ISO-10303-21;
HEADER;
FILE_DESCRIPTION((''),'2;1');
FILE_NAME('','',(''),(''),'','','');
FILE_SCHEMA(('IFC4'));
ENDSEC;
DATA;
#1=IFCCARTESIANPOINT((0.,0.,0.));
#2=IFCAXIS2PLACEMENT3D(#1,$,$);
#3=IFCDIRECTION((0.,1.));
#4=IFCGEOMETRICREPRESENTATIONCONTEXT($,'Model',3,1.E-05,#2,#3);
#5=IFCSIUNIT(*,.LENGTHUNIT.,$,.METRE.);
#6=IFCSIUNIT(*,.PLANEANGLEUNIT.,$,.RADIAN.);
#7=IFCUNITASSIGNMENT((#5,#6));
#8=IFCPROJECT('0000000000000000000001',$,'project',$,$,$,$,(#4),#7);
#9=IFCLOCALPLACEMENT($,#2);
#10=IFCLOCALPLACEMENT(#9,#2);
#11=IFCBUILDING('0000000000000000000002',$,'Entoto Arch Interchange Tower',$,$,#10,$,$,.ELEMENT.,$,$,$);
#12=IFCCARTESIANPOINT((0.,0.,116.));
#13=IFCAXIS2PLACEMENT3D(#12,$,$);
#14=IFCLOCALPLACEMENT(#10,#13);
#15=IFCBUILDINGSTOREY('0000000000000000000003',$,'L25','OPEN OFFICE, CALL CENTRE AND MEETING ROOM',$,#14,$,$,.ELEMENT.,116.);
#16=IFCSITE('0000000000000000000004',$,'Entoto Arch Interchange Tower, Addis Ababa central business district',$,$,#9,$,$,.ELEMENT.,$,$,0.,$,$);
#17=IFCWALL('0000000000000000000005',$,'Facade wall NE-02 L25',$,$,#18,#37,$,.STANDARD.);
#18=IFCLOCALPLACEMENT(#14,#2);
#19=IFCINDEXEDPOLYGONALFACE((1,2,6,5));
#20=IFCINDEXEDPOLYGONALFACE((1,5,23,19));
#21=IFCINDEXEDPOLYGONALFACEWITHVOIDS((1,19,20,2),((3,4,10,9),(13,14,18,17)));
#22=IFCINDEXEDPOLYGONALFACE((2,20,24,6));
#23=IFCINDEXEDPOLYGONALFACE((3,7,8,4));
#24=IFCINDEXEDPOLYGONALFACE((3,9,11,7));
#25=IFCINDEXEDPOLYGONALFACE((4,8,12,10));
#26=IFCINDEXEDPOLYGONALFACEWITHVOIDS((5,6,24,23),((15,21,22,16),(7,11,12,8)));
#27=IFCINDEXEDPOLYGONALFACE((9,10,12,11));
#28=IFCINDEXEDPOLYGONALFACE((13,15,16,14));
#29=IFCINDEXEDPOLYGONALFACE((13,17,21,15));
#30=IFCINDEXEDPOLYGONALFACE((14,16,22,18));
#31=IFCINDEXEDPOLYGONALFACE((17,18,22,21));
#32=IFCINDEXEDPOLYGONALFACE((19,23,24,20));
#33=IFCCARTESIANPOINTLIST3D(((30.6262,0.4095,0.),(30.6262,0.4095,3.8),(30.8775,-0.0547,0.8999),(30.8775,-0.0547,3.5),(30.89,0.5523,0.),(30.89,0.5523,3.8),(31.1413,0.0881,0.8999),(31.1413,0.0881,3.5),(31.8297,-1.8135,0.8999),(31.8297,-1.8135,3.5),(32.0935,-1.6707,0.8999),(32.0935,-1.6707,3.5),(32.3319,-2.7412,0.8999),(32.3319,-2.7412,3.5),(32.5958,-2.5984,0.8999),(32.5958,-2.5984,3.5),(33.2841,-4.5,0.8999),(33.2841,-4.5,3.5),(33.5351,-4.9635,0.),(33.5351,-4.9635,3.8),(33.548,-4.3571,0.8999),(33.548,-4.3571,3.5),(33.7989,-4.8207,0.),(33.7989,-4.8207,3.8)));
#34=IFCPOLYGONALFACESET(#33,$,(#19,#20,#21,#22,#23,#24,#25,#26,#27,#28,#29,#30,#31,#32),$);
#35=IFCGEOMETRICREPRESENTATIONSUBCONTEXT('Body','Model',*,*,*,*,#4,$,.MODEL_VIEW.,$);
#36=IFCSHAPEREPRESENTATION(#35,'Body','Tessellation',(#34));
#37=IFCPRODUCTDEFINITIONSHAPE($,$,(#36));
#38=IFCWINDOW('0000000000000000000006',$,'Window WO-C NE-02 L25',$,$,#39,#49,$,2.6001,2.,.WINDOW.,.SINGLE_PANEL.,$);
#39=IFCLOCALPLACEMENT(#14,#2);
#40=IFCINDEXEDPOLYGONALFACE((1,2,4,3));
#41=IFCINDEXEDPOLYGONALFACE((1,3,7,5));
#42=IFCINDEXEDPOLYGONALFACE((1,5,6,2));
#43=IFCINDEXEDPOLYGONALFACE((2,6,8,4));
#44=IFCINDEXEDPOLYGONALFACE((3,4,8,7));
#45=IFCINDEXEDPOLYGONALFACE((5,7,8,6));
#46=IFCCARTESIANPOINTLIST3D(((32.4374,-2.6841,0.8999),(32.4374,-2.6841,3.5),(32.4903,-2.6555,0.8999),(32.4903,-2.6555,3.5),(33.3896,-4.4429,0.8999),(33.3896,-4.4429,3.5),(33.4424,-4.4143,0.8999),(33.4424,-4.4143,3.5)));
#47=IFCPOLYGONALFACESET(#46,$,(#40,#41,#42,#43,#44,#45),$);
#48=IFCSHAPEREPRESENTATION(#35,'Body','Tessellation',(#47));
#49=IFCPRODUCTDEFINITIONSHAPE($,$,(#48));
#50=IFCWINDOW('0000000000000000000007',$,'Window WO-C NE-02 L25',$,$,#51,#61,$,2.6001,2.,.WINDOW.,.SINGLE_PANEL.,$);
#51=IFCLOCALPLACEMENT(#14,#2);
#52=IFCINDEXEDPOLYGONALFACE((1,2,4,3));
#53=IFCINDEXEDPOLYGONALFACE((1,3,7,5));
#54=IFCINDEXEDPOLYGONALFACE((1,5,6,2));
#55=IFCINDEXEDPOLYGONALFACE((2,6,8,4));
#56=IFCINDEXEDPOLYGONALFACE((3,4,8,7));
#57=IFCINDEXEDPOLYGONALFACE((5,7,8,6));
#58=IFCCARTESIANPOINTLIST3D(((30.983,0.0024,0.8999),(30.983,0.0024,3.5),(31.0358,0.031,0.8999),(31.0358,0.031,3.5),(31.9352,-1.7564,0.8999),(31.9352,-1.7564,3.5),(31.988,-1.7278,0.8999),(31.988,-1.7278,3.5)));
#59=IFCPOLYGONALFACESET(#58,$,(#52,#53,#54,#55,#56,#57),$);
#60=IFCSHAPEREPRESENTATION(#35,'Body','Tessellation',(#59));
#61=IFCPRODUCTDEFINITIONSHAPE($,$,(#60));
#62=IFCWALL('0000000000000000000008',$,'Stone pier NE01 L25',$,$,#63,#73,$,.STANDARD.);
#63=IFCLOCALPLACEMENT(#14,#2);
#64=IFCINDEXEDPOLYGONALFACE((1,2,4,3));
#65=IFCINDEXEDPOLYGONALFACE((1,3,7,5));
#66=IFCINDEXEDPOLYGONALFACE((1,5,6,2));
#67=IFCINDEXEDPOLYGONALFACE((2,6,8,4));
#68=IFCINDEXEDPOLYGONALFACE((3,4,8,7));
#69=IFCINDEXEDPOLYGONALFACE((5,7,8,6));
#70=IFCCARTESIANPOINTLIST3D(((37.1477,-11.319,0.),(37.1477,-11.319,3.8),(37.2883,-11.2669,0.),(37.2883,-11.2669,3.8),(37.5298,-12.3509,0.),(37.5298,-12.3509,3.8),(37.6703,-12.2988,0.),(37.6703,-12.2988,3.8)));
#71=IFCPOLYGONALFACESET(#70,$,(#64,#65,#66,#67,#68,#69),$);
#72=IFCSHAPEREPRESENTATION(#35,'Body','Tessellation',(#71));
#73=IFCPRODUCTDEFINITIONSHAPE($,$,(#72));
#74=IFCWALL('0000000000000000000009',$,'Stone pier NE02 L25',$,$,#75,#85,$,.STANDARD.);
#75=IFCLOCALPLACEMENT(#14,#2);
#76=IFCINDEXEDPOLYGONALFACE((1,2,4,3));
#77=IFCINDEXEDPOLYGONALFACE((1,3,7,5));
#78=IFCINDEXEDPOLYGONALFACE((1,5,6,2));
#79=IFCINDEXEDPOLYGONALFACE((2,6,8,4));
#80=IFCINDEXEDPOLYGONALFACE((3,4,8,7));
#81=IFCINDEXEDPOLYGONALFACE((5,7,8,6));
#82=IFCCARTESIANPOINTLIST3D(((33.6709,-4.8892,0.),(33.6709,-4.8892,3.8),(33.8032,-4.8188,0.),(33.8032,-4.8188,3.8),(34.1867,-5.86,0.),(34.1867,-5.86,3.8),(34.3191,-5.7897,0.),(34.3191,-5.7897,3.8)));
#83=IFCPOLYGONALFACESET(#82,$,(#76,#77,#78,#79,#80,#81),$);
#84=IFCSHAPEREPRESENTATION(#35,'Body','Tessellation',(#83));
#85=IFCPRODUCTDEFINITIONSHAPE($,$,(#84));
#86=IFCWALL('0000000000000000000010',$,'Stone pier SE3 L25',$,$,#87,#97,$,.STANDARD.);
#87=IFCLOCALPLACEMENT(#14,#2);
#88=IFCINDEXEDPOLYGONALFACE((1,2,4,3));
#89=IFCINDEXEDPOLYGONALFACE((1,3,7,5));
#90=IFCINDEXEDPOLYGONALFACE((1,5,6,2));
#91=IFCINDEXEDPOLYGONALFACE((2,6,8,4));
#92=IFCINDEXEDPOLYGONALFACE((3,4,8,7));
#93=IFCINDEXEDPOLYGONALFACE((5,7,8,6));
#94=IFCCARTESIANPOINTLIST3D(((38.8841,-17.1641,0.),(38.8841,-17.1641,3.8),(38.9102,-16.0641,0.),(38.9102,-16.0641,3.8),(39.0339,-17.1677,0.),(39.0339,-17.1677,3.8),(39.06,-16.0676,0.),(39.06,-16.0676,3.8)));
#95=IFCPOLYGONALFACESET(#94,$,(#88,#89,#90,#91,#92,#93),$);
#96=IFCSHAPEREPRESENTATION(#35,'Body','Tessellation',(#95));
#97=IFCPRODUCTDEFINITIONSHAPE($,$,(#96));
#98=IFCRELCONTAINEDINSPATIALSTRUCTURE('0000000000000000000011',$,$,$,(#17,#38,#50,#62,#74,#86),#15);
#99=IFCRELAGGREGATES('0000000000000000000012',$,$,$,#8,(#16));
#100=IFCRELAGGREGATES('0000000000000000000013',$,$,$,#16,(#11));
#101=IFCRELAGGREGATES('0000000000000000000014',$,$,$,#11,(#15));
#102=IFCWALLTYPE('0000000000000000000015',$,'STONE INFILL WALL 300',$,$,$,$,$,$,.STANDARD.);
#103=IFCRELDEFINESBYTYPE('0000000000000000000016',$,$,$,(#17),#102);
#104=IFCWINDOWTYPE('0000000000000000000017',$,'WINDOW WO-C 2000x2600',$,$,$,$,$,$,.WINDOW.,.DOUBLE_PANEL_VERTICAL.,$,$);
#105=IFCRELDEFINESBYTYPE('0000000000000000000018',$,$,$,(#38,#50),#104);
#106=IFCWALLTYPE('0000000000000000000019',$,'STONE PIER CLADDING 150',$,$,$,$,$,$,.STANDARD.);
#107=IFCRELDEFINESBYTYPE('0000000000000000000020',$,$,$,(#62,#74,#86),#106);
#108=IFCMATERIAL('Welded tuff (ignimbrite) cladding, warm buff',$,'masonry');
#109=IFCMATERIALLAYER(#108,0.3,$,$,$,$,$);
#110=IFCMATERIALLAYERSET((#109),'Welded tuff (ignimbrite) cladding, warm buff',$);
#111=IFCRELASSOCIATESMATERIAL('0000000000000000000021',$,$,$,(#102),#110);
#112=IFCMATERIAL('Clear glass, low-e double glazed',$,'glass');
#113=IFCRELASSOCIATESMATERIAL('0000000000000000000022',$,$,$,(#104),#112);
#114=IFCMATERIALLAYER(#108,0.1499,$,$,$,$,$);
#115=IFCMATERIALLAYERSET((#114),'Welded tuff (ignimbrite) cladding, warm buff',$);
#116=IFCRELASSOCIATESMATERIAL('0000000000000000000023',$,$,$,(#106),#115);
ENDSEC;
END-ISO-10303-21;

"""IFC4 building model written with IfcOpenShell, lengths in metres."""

from ifc_helpers import new_model, si_unit, direction, frame, frame_2d, origin, place, context, subcontext, project, spatial, rectangle, extrude, material, layer, layer_set, type_object, element, fill, save


model = new_model("IFC4")

# Units and contexts
model_context = context("Model", 3, precision=1e-05, world=origin(), true_north=direction((0.0, 1.0)))
body_context = subcontext(model_context, "Body", "Model", "MODEL_VIEW")
ifc_project = project(units=[si_unit("LENGTHUNIT", "METRE"), si_unit("PLANEANGLEUNIT", "RADIAN")], contexts=[model_context])

# Site, building, storey
site_placement = place(None, origin())
site = spatial("IfcSite", under=ifc_project, at=site_placement, Name="Entoto Arch Interchange Tower, Addis Ababa central business district", CompositionType="ELEMENT", RefElevation=0.0)
building_placement = place(site_placement, origin())
building = spatial("IfcBuilding", under=site, at=building_placement, Name="Entoto Arch Interchange Tower", CompositionType="ELEMENT")
storey_placement = place(building_placement, frame((0.0, 0.0, 116.0)))
storey = spatial("IfcBuildingStorey", under=building, at=storey_placement, Name="L25", Description="OPEN OFFICE, CALL CENTRE AND MEETING ROOM", CompositionType="ELEMENT", Elevation=116.0)

# Shared definitions
ifc_material_1 = material(Name="Welded tuff (ignimbrite) cladding, warm buff", Category="masonry")
ifc_layer_1 = layer(ifc_material_1, 0.3)
ifc_layer_set_1 = layer_set([ifc_layer_1], Name="Welded tuff (ignimbrite) cladding, warm buff")
wall_type_1 = type_object("IfcWallType", Name="STONE INFILL WALL 300", PredefinedType="STANDARD", material=ifc_layer_set_1)
ifc_material_2 = material(Name="Clear glass, low-e double glazed", Category="glass")

# Wall, openings, windows
window_type_1 = type_object("IfcWindowType", Name="WINDOW WO-C 2000x2600", PartitioningType="DOUBLE_PANEL_VERTICAL", PredefinedType="WINDOW", material=ifc_material_2)
wall_1_placement = place(storey_placement, frame((33.667, -4.8921, 0.0), z_axis=(0.0, 0.0, 1.0), x_axis=(-0.476098, 0.879392, 0.0)))
wall_1 = element("IfcWall", 1, at=wall_1_placement, inside=storey, type_object=wall_type_1, Name="Facade wall NE-02 L25", PredefinedType="STANDARD", context=body_context, shape_type="SweptSolid", body=[
    extrude(rectangle(XDim=6.1099, YDim=0.3, at=frame_2d((3.0549, 0.0))), origin(), (0.0, 0.0, 1.0), 3.8),
])
opening_1_placement = place(wall_1_placement, frame((0.5271, 0.0, 0.8999)))
opening_1 = element("IfcOpeningElement", 2, at=opening_1_placement, cuts=wall_1, PredefinedType="OPENING", context=body_context, shape_type="SweptSolid", body=[
    extrude(rectangle(XDim=2.0, YDim=2.6001, at=frame_2d((1.0, 1.3))), frame((0.0, 0.1602, 0.0), z_axis=(0.0, -1.0, 0.0), x_axis=(1.0, 0.0, 0.0)), (0.0, 0.0, 1.0), 0.3201),
])
opening_2_placement = place(wall_1_placement, frame((3.582, 0.0, 0.8999)))
opening_2 = element("IfcOpeningElement", 3, at=opening_2_placement, cuts=wall_1, PredefinedType="OPENING", context=body_context, shape_type="SweptSolid", body=[
    extrude(rectangle(XDim=2.0, YDim=2.6001, at=frame_2d((1.0, 1.3))), frame((0.0, 0.1602, 0.0), z_axis=(0.0, -1.0, 0.0), x_axis=(1.0, 0.0, 0.0)), (0.0, 0.0, 1.0), 0.3201),
])
window_1_placement = place(opening_1_placement, origin())
window_1 = element("IfcWindow", 4, at=window_1_placement, inside=storey, type_object=window_type_1, Name="Window WO-C NE-02 L25", OverallHeight=2.6001, OverallWidth=2.0, PartitioningType="SINGLE_PANEL", PredefinedType="WINDOW", context=body_context, shape_type="SweptSolid", body=[
    extrude(rectangle(XDim=2.0, YDim=2.6001, at=frame_2d((1.0, 1.3))), frame((0.0, 0.03, 0.0), z_axis=(0.0, -1.0, 0.0), x_axis=(1.0, 0.0, 0.0)), (0.0, 0.0, 1.0), 0.0601),
])
fill(opening_1, window_1)
window_2_placement = place(opening_2_placement, origin())
window_2 = element("IfcWindow", 5, at=window_2_placement, inside=storey, type_object=window_type_1, Name="Window WO-C NE-02 L25", OverallHeight=2.6001, OverallWidth=2.0, PartitioningType="SINGLE_PANEL", PredefinedType="WINDOW", context=body_context, shape_type="SweptSolid", body=[
    extrude(rectangle(XDim=2.0, YDim=2.6001, at=frame_2d((1.0, 1.3))), frame((0.0, 0.03, 0.0), z_axis=(0.0, -1.0, 0.0), x_axis=(1.0, 0.0, 0.0)), (0.0, 0.0, 1.0), 0.0601),
])
fill(opening_2, window_2)

# Walls
ifc_layer_2 = layer(ifc_material_1, 0.1499)
ifc_layer_set_2 = layer_set([ifc_layer_2], Name="Welded tuff (ignimbrite) cladding, warm buff")
wall_type_2 = type_object("IfcWallType", Name="STONE PIER CLADDING 150", PredefinedType="STANDARD", material=ifc_layer_set_2)
wall_2_placement = place(storey_placement, frame((37.6001, -12.325, 0.0), z_axis=(0.0, 0.0, 1.0), x_axis=(-0.347206, 0.937789, 0.0)))
element("IfcWall", 6, at=wall_2_placement, inside=storey, type_object=wall_type_2, Name="Stone pier NE01 L25", PredefinedType="STANDARD", context=body_context, shape_type="SweptSolid", body=[
    extrude(rectangle(XDim=1.1003, YDim=0.1499, at=frame_2d((0.5503, 0.0))), origin(), (0.0, 0.0, 1.0), 3.8),
])
wall_3_placement = place(storey_placement, frame((34.2529, -5.825, 0.0), z_axis=(0.0, 0.0, 1.0), x_axis=(-0.469193, 0.883096, 0.0)))
element("IfcWall", 7, at=wall_3_placement, inside=storey, type_object=wall_type_2, Name="Stone pier NE02 L25", PredefinedType="STANDARD", context=body_context, shape_type="SweptSolid", body=[
    extrude(rectangle(XDim=1.0994, YDim=0.1499, at=frame_2d((0.5498, 0.0))), origin(), (0.0, 0.0, 1.0), 3.8),
])
wall_4_placement = place(storey_placement, frame((38.959, -17.166, 0.0), z_axis=(0.0, 0.0, 1.0), x_axis=(0.023739, 0.999718, 0.0)))
element("IfcWall", 8, at=wall_4_placement, inside=storey, type_object=wall_type_2, Name="Stone pier SE3 L25", PredefinedType="STANDARD", context=body_context, shape_type="SweptSolid", body=[
    extrude(rectangle(XDim=1.1003, YDim=0.1499, at=frame_2d((0.5503, 0.0))), origin(), (0.0, 0.0, 1.0), 3.8),
])

save(model, "model.ifc")
